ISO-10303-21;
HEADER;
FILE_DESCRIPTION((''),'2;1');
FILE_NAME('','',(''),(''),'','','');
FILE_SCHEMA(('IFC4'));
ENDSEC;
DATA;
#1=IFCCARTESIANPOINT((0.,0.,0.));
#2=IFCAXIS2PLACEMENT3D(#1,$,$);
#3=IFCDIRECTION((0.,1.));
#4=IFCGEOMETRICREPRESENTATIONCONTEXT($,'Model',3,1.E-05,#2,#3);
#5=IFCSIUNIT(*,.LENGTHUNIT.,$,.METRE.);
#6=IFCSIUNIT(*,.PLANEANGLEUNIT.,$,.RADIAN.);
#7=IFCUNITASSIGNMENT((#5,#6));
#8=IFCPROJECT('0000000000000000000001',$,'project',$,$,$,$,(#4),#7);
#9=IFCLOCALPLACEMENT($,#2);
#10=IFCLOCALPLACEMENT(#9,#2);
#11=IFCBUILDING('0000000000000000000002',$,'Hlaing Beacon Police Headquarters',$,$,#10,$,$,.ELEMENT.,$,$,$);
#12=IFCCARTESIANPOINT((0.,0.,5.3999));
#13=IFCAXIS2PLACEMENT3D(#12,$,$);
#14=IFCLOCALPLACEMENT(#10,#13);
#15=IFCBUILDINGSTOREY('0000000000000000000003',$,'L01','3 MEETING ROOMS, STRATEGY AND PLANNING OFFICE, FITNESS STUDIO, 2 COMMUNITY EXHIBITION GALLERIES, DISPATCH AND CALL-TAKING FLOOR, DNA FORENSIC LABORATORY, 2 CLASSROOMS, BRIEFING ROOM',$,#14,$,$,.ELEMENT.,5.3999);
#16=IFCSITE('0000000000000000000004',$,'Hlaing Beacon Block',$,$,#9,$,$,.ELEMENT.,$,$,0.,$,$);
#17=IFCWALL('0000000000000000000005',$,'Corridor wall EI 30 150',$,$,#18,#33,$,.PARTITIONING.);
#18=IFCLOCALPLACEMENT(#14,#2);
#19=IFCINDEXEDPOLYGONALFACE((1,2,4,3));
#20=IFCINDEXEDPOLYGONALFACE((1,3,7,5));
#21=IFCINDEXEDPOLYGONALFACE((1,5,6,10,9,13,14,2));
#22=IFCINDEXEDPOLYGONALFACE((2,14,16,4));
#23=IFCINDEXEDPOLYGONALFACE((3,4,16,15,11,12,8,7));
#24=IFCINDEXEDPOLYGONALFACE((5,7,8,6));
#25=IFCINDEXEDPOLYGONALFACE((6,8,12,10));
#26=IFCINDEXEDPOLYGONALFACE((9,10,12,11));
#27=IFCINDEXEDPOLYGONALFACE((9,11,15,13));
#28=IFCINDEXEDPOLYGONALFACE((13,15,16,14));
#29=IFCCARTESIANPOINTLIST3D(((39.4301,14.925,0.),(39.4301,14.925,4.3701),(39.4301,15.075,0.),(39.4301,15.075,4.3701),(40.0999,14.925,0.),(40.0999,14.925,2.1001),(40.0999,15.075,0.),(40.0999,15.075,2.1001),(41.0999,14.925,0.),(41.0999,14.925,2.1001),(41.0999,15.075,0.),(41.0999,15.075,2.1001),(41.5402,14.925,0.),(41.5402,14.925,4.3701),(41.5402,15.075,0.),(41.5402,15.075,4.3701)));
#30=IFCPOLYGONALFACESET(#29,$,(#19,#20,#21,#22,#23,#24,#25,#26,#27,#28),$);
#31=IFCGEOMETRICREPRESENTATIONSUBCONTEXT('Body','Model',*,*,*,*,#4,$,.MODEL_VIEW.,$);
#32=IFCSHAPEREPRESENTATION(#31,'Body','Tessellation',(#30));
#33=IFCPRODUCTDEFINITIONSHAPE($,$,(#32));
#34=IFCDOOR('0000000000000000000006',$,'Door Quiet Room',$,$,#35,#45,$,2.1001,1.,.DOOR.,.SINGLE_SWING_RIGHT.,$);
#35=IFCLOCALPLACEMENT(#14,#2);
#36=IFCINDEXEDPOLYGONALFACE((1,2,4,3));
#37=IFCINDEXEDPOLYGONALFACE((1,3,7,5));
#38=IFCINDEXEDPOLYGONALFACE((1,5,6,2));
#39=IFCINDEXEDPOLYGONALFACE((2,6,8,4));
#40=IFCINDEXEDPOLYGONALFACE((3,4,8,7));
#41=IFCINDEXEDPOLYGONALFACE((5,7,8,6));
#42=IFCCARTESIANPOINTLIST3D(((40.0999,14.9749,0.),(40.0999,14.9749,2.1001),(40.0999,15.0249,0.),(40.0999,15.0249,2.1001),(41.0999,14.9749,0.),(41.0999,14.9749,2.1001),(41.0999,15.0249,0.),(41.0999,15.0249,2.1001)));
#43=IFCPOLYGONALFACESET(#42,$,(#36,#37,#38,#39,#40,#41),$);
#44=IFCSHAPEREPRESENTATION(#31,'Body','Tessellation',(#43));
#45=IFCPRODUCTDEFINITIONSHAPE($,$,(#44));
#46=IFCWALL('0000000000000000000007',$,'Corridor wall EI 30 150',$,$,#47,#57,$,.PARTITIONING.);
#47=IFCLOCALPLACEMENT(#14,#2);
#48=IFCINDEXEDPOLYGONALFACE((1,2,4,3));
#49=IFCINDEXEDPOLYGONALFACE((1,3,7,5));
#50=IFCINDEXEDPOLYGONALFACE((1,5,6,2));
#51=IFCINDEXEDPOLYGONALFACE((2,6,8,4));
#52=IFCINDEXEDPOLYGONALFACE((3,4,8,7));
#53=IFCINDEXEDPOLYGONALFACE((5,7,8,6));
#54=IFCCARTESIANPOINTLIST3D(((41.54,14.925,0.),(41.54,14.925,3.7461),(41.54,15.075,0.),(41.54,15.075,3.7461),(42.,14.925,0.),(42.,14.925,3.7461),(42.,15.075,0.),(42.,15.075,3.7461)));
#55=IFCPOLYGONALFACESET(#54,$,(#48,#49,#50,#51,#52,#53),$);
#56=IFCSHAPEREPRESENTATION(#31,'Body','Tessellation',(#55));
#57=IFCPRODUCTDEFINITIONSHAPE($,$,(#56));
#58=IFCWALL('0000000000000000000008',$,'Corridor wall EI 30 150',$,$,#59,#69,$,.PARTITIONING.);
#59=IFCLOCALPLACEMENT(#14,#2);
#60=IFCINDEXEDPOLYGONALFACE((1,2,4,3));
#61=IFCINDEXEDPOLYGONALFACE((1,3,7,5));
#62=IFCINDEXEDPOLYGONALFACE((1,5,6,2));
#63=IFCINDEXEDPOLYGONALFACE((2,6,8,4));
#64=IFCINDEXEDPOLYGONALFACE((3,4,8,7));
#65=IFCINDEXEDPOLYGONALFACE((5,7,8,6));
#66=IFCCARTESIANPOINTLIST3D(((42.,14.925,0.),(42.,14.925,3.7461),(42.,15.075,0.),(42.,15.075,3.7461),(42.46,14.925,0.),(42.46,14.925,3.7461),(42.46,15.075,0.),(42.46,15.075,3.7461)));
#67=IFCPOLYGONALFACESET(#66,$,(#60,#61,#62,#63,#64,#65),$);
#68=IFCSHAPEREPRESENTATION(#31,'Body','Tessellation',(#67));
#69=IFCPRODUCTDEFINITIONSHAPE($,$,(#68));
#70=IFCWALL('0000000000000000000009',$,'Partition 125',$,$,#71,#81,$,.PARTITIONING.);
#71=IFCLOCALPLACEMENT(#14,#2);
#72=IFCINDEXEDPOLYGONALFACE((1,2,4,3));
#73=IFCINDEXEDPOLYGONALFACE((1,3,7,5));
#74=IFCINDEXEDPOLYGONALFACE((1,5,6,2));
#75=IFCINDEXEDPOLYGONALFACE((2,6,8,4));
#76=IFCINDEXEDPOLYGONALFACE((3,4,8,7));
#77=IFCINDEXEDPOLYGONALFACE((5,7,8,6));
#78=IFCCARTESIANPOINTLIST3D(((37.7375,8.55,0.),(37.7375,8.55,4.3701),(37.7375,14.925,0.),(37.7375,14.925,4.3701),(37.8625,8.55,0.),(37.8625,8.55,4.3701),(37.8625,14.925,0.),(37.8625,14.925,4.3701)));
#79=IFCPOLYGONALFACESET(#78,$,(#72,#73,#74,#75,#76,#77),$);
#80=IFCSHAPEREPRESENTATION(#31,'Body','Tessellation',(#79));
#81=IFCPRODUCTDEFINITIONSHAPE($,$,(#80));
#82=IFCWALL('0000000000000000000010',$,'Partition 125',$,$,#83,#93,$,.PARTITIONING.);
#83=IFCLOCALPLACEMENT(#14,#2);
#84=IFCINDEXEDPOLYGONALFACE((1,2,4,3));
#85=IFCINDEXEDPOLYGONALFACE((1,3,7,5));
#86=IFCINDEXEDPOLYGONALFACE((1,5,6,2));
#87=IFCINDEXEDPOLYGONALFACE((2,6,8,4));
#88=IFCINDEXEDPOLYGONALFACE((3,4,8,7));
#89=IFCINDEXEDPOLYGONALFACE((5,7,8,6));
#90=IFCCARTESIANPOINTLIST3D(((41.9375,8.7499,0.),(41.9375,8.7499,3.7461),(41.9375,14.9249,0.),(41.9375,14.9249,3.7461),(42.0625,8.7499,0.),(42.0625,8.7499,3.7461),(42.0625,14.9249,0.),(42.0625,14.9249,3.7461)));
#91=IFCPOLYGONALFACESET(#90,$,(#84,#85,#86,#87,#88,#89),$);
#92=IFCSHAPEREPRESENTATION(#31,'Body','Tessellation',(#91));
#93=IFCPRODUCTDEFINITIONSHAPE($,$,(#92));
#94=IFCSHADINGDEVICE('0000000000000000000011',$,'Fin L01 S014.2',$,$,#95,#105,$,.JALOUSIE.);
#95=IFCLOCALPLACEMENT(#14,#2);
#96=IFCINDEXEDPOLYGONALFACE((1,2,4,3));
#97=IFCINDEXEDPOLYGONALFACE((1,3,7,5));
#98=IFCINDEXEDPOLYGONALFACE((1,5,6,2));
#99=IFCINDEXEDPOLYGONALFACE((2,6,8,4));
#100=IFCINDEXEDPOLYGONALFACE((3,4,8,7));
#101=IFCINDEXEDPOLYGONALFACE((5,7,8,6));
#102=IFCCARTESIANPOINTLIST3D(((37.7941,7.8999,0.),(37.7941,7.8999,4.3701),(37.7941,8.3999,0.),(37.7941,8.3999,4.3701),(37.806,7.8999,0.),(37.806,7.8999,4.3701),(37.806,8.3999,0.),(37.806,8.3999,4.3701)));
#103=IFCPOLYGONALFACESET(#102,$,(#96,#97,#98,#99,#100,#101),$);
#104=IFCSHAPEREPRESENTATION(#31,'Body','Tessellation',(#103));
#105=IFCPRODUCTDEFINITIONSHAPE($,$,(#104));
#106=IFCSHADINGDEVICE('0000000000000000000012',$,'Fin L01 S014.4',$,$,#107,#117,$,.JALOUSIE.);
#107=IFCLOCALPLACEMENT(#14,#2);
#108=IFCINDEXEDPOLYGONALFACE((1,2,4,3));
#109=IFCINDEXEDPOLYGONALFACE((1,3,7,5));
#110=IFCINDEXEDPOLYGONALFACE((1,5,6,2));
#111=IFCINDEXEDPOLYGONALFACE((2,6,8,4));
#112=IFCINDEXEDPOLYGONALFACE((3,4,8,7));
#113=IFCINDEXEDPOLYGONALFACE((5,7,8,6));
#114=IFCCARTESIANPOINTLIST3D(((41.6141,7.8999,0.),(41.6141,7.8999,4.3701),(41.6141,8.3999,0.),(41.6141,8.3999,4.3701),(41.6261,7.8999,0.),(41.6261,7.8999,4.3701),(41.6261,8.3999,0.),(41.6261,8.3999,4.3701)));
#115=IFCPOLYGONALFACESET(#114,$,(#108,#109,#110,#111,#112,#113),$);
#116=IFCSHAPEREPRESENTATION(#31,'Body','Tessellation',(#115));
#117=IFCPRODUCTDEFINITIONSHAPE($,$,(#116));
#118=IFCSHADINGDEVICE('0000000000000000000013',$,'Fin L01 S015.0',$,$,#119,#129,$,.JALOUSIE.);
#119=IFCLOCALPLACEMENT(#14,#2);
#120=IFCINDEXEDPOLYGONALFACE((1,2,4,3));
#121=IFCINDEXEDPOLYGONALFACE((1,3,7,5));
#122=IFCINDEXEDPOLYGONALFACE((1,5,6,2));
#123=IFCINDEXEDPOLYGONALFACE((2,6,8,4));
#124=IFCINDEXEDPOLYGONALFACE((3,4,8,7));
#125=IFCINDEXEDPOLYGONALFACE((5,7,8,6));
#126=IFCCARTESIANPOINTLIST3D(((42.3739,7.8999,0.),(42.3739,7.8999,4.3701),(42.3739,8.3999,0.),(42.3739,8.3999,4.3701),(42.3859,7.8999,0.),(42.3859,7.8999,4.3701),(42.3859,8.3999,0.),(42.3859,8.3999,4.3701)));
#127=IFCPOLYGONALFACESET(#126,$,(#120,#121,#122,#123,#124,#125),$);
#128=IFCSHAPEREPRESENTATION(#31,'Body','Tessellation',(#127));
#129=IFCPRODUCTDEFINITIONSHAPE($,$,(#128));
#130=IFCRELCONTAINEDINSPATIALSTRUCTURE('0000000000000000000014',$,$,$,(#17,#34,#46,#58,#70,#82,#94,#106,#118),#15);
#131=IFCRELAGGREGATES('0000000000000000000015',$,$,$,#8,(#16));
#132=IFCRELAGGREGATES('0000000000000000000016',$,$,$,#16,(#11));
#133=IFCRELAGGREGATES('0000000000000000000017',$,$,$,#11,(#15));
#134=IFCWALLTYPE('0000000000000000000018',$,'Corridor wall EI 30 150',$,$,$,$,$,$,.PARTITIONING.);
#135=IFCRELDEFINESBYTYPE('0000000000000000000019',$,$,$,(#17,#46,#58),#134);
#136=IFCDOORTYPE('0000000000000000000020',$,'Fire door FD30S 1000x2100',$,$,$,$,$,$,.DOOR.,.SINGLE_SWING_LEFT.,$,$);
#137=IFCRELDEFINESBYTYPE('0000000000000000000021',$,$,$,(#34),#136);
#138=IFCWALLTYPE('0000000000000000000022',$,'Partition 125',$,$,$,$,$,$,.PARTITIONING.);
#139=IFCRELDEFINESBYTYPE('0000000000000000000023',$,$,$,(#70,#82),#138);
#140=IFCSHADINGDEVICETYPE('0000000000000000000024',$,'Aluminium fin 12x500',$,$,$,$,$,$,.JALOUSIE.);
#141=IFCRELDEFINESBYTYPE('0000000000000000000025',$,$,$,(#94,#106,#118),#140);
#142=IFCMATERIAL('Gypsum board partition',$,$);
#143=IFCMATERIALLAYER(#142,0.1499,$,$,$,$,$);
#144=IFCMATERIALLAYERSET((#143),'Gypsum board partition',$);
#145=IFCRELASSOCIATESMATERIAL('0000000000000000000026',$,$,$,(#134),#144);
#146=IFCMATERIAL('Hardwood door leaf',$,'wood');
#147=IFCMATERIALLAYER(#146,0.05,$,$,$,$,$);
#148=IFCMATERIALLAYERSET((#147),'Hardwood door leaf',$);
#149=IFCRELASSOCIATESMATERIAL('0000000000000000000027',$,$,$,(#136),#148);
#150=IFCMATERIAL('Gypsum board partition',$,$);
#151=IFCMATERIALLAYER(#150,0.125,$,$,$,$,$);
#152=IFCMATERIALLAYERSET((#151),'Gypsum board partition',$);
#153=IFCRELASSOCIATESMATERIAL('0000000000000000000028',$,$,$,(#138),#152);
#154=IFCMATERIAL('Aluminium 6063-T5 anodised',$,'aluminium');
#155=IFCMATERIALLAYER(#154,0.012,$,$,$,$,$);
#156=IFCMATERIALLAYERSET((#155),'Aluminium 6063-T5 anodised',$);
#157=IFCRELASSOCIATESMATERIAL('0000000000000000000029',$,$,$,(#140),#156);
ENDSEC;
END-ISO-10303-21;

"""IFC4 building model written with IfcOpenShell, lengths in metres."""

from ifc_helpers import new_model, si_unit, direction, frame, frame_2d, origin, origin_2d, place, context, subcontext, project, spatial, rectangle, extrude, material, layer, layer_set, type_object, element, fill, save


model = new_model("IFC4")

# Units and contexts
model_context = context("Model", 3, precision=1e-05, world=origin(), true_north=direction((0.0, 1.0)))
body_context = subcontext(model_context, "Body", "Model", "MODEL_VIEW")
ifc_project = project(units=[si_unit("LENGTHUNIT", "METRE"), si_unit("PLANEANGLEUNIT", "RADIAN")], contexts=[model_context])

# Site, building, storey
site_placement = place(None, origin())
site = spatial("IfcSite", under=ifc_project, at=site_placement, Name="Hlaing Beacon Block", CompositionType="ELEMENT", RefElevation=0.0)
building_placement = place(site_placement, origin())
building = spatial("IfcBuilding", under=site, at=building_placement, Name="Hlaing Beacon Police Headquarters", CompositionType="ELEMENT")
storey_placement = place(building_placement, frame((0.0, 0.0, 5.3999)))
storey = spatial("IfcBuildingStorey", under=building, at=storey_placement, Name="L01", Description="3 MEETING ROOMS, STRATEGY AND PLANNING OFFICE, FITNESS STUDIO, 2 COMMUNITY EXHIBITION GALLERIES, DISPATCH AND CALL-TAKING FLOOR, DNA FORENSIC LABORATORY, 2 CLASSROOMS, BRIEFING ROOM", CompositionType="ELEMENT", Elevation=5.3999)

# Shared definitions
ifc_material_1 = material(Name="Gypsum board partition")
ifc_layer_1 = layer(ifc_material_1, 0.1499)
ifc_layer_set_1 = layer_set([ifc_layer_1], Name="Gypsum board partition")
wall_type_1 = type_object("IfcWallType", Name="Corridor wall EI 30 150", PredefinedType="PARTITIONING", material=ifc_layer_set_1)

# Wall, opening, door
wall_1_placement = place(storey_placement, frame((39.4299, 15.0, 0.0), z_axis=(0.0, 0.0, 1.0), x_axis=(1.0, 0.0, 0.0)))
wall_1 = element("IfcWall", 1, at=wall_1_placement, inside=storey, type_object=wall_type_1, Name="Corridor wall EI 30 150", PredefinedType="PARTITIONING", context=body_context, shape_type="SweptSolid", body=[
    extrude(rectangle(XDim=2.1101, YDim=0.1499, at=frame_2d((1.0552, 0.0))), origin(), (0.0, 0.0, 1.0), 4.3701),
])
opening_placement = place(wall_1_placement, frame((0.6699, 0.0, 0.0)))
opening = element("IfcOpeningElement", 2, at=opening_placement, cuts=wall_1, PredefinedType="OPENING", context=body_context, shape_type="SweptSolid", body=[
    extrude(rectangle(XDim=1.0, YDim=2.1001, at=frame_2d((0.5, 1.05))), frame((0.0, 0.085, 0.0), z_axis=(0.0, -1.0, 0.0), x_axis=(1.0, 0.0, 0.0)), (0.0, 0.0, 1.0), 0.1699),
])
ifc_material_2 = material(Name="Hardwood door leaf", Category="wood")
ifc_layer_2 = layer(ifc_material_2, 0.05)
ifc_layer_set_2 = layer_set([ifc_layer_2], Name="Hardwood door leaf")
door_type = type_object("IfcDoorType", Name="Fire door FD30S 1000x2100", OperationType="SINGLE_SWING_LEFT", PredefinedType="DOOR", material=ifc_layer_set_2)
door_placement = place(opening_placement, frame((1.0, 0.0, 0.0), z_axis=(0.0, 0.0, 1.0), x_axis=(-1.0, 0.0, 0.0)))
door = element("IfcDoor", 3, at=door_placement, inside=storey, type_object=door_type, Name="Door Quiet Room", OperationType="SINGLE_SWING_RIGHT", OverallHeight=2.1001, OverallWidth=1.0, PredefinedType="DOOR", context=body_context, shape_type="SweptSolid", body=[
    extrude(rectangle(XDim=1.0, YDim=2.1001, at=frame_2d((0.5, 1.05))), frame((0.0, 0.0251, 0.0), z_axis=(0.0, -1.0, 0.0), x_axis=(1.0, 0.0, 0.0)), (0.0, 0.0, 1.0), 0.05),
])
fill(opening, door)

# Walls
for number, where, z_axis, x_axis, name in (
    (4, (41.54, 15.0, 0.0), (0.0, 0.0, 1.0), (1.0, 0.0, 0.0), "Corridor wall EI 30 150"),
    (5, (42.0, 15.0, 0.0), (0.0, 0.0, 1.0), (1.0, 0.0, 0.0), "Corridor wall EI 30 150"),
):
    element("IfcWall", number, at=place(storey_placement, frame(where, z_axis=z_axis, x_axis=x_axis)), inside=storey, type_object=wall_type_1, Name=name, PredefinedType="PARTITIONING", context=body_context, shape_type="SweptSolid", body=[
        extrude(rectangle(XDim=0.46, YDim=0.1499, at=frame_2d((0.23, 0.0))), origin(), (0.0, 0.0, 1.0), 3.7461),
    ])
ifc_material_3 = material(Name="Gypsum board partition")
ifc_layer_3 = layer(ifc_material_3, 0.125)
ifc_layer_set_3 = layer_set([ifc_layer_3], Name="Gypsum board partition")
wall_type_2 = type_object("IfcWallType", Name="Partition 125", PredefinedType="PARTITIONING", material=ifc_layer_set_3)
wall_2_placement = place(storey_placement, frame((37.8, 8.55, 0.0), z_axis=(0.0, 0.0, 1.0), x_axis=(0.0, 1.0, 0.0)))
element("IfcWall", 6, at=wall_2_placement, inside=storey, type_object=wall_type_2, Name="Partition 125", PredefinedType="PARTITIONING", context=body_context, shape_type="SweptSolid", body=[
    extrude(rectangle(XDim=6.375, YDim=0.125, at=frame_2d((3.1875, 0.0))), origin(), (0.0, 0.0, 1.0), 4.3701),
])
wall_3_placement = place(storey_placement, frame((42.0, 8.75, 0.0), z_axis=(0.0, 0.0, 1.0), x_axis=(0.0, 1.0, 0.0)))
element("IfcWall", 7, at=wall_3_placement, inside=storey, type_object=wall_type_2, Name="Partition 125", PredefinedType="PARTITIONING", context=body_context, shape_type="SweptSolid", body=[
    extrude(rectangle(XDim=6.175, YDim=0.125, at=frame_2d((3.0874, 0.0))), origin(), (0.0, 0.0, 1.0), 3.7461),
])

# Shading devices
ifc_material_4 = material(Name="Aluminium 6063-T5 anodised", Category="aluminium")
ifc_layer_4 = layer(ifc_material_4, 0.012)
ifc_layer_set_4 = layer_set([ifc_layer_4], Name="Aluminium 6063-T5 anodised")
shading_device_type = type_object("IfcShadingDeviceType", Name="Aluminium fin 12x500", PredefinedType="JALOUSIE", material=ifc_layer_set_4)
for number, where, z_axis, x_axis, name in (
    (8, (37.8, 8.1499, 0.0), (0.0, 0.0, 1.0), (1.0, 0.0, 0.0), "Fin L01 S014.2"),
    (9, (41.6201, 8.1499, 0.0), (0.0, 0.0, 1.0), (1.0, 0.0, 0.0), "Fin L01 S014.4"),
    (10, (42.3799, 8.1499, 0.0), (0.0, 0.0, 1.0), (1.0, 0.0, 0.0), "Fin L01 S015.0"),
):
    element("IfcShadingDevice", number, at=place(storey_placement, frame(where, z_axis=z_axis, x_axis=x_axis)), inside=storey, type_object=shading_device_type, Name=name, PredefinedType="JALOUSIE", context=body_context, shape_type="SweptSolid", body=[
        extrude(rectangle(XDim=0.012, YDim=0.5, at=origin_2d()), origin(), (0.0, 0.0, 1.0), 4.3701),
    ])

save(model, "model.ifc")
